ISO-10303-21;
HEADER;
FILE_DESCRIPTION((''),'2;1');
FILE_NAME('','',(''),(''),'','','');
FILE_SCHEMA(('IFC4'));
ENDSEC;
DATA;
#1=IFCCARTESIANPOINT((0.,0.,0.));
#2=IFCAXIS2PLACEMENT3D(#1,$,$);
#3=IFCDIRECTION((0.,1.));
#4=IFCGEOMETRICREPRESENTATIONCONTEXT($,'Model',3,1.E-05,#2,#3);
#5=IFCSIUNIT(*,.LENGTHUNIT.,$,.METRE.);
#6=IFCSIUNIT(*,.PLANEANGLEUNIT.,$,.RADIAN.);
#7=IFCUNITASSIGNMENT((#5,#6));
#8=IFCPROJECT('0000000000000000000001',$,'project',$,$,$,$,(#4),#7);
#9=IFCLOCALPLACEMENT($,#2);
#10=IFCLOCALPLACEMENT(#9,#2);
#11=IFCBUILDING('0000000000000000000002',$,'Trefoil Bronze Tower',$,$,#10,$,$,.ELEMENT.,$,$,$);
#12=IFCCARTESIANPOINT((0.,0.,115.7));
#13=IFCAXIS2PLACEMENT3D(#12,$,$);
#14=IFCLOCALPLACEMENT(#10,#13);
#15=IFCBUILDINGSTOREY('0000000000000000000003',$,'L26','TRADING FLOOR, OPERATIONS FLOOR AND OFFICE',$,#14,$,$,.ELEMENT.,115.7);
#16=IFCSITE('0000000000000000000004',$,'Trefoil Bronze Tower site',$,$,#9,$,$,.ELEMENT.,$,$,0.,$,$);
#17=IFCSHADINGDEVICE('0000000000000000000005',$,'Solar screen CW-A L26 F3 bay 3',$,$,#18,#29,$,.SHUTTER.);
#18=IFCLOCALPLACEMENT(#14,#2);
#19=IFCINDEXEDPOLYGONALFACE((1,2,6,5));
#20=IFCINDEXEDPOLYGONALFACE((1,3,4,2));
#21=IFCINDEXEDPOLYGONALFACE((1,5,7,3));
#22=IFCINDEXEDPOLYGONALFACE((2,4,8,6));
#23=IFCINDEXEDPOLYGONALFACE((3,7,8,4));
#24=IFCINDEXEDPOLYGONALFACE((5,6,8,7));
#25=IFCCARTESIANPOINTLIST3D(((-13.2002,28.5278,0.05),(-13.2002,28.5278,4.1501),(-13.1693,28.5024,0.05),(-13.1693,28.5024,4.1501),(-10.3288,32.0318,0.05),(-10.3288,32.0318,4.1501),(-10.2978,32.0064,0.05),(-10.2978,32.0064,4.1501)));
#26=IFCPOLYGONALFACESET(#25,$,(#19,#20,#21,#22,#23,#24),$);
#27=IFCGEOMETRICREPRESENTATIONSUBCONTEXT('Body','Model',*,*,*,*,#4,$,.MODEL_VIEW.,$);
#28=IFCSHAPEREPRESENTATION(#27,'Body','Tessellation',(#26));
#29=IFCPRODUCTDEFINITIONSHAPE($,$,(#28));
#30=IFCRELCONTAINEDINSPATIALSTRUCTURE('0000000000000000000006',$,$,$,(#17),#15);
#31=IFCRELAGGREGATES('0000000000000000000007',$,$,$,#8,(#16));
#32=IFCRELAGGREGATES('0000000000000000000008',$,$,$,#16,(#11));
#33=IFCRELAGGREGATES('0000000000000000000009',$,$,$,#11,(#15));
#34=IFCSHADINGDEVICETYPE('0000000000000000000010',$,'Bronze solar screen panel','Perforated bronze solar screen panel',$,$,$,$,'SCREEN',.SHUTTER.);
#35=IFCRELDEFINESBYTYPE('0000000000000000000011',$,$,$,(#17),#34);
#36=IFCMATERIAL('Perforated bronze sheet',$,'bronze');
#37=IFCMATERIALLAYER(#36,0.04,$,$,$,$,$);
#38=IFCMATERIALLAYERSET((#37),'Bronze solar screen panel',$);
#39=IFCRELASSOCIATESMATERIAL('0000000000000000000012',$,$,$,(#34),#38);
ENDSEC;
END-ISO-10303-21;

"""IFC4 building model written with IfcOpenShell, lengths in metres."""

from ifc_helpers import new_model, si_unit, direction, frame, origin, origin_2d, place, context, subcontext, project, spatial, rectangle, extrude, material, layer, layer_set, type_object, element, save


model = new_model("IFC4")

# Units and contexts
model_context = context("Model", 3, precision=1e-05, world=origin(), true_north=direction((0.0, 1.0)))
body_context = subcontext(model_context, "Body", "Model", "MODEL_VIEW")
ifc_project = project(units=[si_unit("LENGTHUNIT", "METRE"), si_unit("PLANEANGLEUNIT", "RADIAN")], contexts=[model_context])

# Site, building, storey
site_placement = place(None, origin())
site = spatial("IfcSite", under=ifc_project, at=site_placement, Name="Trefoil Bronze Tower site", CompositionType="ELEMENT", RefElevation=0.0)
building_placement = place(site_placement, origin())
building = spatial("IfcBuilding", under=site, at=building_placement, Name="Trefoil Bronze Tower", CompositionType="ELEMENT")
storey_placement = place(building_placement, frame((0.0, 0.0, 115.7)))
storey = spatial("IfcBuildingStorey", under=building, at=storey_placement, Name="L26", Description="TRADING FLOOR, OPERATIONS FLOOR AND OFFICE", CompositionType="ELEMENT", Elevation=115.7)

# Shading device
ifc_material_1 = material(Name="Perforated bronze sheet", Category="bronze")
ifc_layer_1 = layer(ifc_material_1, 0.04)
ifc_layer_set_1 = layer_set([ifc_layer_1], Name="Bronze solar screen panel")
shading_device_type = type_object("IfcShadingDeviceType", Name="Bronze solar screen panel", Description="Perforated bronze solar screen panel", ElementType="SCREEN", PredefinedType="SHUTTER", material=ifc_layer_set_1)
shading_device_1_placement = place(storey_placement, frame((-11.749, 30.2671, 0.05), z_axis=(0.0, 0.0, 1.0), x_axis=(-0.63384, -0.773464, 0.0)))
element("IfcShadingDevice", 1, at=shading_device_1_placement, inside=storey, type_object=shading_device_type, Name="Solar screen CW-A L26 F3 bay 3", PredefinedType="SHUTTER", context=body_context, shape_type="SweptSolid", body=[
    extrude(rectangle(XDim=4.5303, YDim=0.04, at=origin_2d()), origin(), (0.0, 0.0, 1.0), 4.1001),
])

save(model, "model.ifc")
